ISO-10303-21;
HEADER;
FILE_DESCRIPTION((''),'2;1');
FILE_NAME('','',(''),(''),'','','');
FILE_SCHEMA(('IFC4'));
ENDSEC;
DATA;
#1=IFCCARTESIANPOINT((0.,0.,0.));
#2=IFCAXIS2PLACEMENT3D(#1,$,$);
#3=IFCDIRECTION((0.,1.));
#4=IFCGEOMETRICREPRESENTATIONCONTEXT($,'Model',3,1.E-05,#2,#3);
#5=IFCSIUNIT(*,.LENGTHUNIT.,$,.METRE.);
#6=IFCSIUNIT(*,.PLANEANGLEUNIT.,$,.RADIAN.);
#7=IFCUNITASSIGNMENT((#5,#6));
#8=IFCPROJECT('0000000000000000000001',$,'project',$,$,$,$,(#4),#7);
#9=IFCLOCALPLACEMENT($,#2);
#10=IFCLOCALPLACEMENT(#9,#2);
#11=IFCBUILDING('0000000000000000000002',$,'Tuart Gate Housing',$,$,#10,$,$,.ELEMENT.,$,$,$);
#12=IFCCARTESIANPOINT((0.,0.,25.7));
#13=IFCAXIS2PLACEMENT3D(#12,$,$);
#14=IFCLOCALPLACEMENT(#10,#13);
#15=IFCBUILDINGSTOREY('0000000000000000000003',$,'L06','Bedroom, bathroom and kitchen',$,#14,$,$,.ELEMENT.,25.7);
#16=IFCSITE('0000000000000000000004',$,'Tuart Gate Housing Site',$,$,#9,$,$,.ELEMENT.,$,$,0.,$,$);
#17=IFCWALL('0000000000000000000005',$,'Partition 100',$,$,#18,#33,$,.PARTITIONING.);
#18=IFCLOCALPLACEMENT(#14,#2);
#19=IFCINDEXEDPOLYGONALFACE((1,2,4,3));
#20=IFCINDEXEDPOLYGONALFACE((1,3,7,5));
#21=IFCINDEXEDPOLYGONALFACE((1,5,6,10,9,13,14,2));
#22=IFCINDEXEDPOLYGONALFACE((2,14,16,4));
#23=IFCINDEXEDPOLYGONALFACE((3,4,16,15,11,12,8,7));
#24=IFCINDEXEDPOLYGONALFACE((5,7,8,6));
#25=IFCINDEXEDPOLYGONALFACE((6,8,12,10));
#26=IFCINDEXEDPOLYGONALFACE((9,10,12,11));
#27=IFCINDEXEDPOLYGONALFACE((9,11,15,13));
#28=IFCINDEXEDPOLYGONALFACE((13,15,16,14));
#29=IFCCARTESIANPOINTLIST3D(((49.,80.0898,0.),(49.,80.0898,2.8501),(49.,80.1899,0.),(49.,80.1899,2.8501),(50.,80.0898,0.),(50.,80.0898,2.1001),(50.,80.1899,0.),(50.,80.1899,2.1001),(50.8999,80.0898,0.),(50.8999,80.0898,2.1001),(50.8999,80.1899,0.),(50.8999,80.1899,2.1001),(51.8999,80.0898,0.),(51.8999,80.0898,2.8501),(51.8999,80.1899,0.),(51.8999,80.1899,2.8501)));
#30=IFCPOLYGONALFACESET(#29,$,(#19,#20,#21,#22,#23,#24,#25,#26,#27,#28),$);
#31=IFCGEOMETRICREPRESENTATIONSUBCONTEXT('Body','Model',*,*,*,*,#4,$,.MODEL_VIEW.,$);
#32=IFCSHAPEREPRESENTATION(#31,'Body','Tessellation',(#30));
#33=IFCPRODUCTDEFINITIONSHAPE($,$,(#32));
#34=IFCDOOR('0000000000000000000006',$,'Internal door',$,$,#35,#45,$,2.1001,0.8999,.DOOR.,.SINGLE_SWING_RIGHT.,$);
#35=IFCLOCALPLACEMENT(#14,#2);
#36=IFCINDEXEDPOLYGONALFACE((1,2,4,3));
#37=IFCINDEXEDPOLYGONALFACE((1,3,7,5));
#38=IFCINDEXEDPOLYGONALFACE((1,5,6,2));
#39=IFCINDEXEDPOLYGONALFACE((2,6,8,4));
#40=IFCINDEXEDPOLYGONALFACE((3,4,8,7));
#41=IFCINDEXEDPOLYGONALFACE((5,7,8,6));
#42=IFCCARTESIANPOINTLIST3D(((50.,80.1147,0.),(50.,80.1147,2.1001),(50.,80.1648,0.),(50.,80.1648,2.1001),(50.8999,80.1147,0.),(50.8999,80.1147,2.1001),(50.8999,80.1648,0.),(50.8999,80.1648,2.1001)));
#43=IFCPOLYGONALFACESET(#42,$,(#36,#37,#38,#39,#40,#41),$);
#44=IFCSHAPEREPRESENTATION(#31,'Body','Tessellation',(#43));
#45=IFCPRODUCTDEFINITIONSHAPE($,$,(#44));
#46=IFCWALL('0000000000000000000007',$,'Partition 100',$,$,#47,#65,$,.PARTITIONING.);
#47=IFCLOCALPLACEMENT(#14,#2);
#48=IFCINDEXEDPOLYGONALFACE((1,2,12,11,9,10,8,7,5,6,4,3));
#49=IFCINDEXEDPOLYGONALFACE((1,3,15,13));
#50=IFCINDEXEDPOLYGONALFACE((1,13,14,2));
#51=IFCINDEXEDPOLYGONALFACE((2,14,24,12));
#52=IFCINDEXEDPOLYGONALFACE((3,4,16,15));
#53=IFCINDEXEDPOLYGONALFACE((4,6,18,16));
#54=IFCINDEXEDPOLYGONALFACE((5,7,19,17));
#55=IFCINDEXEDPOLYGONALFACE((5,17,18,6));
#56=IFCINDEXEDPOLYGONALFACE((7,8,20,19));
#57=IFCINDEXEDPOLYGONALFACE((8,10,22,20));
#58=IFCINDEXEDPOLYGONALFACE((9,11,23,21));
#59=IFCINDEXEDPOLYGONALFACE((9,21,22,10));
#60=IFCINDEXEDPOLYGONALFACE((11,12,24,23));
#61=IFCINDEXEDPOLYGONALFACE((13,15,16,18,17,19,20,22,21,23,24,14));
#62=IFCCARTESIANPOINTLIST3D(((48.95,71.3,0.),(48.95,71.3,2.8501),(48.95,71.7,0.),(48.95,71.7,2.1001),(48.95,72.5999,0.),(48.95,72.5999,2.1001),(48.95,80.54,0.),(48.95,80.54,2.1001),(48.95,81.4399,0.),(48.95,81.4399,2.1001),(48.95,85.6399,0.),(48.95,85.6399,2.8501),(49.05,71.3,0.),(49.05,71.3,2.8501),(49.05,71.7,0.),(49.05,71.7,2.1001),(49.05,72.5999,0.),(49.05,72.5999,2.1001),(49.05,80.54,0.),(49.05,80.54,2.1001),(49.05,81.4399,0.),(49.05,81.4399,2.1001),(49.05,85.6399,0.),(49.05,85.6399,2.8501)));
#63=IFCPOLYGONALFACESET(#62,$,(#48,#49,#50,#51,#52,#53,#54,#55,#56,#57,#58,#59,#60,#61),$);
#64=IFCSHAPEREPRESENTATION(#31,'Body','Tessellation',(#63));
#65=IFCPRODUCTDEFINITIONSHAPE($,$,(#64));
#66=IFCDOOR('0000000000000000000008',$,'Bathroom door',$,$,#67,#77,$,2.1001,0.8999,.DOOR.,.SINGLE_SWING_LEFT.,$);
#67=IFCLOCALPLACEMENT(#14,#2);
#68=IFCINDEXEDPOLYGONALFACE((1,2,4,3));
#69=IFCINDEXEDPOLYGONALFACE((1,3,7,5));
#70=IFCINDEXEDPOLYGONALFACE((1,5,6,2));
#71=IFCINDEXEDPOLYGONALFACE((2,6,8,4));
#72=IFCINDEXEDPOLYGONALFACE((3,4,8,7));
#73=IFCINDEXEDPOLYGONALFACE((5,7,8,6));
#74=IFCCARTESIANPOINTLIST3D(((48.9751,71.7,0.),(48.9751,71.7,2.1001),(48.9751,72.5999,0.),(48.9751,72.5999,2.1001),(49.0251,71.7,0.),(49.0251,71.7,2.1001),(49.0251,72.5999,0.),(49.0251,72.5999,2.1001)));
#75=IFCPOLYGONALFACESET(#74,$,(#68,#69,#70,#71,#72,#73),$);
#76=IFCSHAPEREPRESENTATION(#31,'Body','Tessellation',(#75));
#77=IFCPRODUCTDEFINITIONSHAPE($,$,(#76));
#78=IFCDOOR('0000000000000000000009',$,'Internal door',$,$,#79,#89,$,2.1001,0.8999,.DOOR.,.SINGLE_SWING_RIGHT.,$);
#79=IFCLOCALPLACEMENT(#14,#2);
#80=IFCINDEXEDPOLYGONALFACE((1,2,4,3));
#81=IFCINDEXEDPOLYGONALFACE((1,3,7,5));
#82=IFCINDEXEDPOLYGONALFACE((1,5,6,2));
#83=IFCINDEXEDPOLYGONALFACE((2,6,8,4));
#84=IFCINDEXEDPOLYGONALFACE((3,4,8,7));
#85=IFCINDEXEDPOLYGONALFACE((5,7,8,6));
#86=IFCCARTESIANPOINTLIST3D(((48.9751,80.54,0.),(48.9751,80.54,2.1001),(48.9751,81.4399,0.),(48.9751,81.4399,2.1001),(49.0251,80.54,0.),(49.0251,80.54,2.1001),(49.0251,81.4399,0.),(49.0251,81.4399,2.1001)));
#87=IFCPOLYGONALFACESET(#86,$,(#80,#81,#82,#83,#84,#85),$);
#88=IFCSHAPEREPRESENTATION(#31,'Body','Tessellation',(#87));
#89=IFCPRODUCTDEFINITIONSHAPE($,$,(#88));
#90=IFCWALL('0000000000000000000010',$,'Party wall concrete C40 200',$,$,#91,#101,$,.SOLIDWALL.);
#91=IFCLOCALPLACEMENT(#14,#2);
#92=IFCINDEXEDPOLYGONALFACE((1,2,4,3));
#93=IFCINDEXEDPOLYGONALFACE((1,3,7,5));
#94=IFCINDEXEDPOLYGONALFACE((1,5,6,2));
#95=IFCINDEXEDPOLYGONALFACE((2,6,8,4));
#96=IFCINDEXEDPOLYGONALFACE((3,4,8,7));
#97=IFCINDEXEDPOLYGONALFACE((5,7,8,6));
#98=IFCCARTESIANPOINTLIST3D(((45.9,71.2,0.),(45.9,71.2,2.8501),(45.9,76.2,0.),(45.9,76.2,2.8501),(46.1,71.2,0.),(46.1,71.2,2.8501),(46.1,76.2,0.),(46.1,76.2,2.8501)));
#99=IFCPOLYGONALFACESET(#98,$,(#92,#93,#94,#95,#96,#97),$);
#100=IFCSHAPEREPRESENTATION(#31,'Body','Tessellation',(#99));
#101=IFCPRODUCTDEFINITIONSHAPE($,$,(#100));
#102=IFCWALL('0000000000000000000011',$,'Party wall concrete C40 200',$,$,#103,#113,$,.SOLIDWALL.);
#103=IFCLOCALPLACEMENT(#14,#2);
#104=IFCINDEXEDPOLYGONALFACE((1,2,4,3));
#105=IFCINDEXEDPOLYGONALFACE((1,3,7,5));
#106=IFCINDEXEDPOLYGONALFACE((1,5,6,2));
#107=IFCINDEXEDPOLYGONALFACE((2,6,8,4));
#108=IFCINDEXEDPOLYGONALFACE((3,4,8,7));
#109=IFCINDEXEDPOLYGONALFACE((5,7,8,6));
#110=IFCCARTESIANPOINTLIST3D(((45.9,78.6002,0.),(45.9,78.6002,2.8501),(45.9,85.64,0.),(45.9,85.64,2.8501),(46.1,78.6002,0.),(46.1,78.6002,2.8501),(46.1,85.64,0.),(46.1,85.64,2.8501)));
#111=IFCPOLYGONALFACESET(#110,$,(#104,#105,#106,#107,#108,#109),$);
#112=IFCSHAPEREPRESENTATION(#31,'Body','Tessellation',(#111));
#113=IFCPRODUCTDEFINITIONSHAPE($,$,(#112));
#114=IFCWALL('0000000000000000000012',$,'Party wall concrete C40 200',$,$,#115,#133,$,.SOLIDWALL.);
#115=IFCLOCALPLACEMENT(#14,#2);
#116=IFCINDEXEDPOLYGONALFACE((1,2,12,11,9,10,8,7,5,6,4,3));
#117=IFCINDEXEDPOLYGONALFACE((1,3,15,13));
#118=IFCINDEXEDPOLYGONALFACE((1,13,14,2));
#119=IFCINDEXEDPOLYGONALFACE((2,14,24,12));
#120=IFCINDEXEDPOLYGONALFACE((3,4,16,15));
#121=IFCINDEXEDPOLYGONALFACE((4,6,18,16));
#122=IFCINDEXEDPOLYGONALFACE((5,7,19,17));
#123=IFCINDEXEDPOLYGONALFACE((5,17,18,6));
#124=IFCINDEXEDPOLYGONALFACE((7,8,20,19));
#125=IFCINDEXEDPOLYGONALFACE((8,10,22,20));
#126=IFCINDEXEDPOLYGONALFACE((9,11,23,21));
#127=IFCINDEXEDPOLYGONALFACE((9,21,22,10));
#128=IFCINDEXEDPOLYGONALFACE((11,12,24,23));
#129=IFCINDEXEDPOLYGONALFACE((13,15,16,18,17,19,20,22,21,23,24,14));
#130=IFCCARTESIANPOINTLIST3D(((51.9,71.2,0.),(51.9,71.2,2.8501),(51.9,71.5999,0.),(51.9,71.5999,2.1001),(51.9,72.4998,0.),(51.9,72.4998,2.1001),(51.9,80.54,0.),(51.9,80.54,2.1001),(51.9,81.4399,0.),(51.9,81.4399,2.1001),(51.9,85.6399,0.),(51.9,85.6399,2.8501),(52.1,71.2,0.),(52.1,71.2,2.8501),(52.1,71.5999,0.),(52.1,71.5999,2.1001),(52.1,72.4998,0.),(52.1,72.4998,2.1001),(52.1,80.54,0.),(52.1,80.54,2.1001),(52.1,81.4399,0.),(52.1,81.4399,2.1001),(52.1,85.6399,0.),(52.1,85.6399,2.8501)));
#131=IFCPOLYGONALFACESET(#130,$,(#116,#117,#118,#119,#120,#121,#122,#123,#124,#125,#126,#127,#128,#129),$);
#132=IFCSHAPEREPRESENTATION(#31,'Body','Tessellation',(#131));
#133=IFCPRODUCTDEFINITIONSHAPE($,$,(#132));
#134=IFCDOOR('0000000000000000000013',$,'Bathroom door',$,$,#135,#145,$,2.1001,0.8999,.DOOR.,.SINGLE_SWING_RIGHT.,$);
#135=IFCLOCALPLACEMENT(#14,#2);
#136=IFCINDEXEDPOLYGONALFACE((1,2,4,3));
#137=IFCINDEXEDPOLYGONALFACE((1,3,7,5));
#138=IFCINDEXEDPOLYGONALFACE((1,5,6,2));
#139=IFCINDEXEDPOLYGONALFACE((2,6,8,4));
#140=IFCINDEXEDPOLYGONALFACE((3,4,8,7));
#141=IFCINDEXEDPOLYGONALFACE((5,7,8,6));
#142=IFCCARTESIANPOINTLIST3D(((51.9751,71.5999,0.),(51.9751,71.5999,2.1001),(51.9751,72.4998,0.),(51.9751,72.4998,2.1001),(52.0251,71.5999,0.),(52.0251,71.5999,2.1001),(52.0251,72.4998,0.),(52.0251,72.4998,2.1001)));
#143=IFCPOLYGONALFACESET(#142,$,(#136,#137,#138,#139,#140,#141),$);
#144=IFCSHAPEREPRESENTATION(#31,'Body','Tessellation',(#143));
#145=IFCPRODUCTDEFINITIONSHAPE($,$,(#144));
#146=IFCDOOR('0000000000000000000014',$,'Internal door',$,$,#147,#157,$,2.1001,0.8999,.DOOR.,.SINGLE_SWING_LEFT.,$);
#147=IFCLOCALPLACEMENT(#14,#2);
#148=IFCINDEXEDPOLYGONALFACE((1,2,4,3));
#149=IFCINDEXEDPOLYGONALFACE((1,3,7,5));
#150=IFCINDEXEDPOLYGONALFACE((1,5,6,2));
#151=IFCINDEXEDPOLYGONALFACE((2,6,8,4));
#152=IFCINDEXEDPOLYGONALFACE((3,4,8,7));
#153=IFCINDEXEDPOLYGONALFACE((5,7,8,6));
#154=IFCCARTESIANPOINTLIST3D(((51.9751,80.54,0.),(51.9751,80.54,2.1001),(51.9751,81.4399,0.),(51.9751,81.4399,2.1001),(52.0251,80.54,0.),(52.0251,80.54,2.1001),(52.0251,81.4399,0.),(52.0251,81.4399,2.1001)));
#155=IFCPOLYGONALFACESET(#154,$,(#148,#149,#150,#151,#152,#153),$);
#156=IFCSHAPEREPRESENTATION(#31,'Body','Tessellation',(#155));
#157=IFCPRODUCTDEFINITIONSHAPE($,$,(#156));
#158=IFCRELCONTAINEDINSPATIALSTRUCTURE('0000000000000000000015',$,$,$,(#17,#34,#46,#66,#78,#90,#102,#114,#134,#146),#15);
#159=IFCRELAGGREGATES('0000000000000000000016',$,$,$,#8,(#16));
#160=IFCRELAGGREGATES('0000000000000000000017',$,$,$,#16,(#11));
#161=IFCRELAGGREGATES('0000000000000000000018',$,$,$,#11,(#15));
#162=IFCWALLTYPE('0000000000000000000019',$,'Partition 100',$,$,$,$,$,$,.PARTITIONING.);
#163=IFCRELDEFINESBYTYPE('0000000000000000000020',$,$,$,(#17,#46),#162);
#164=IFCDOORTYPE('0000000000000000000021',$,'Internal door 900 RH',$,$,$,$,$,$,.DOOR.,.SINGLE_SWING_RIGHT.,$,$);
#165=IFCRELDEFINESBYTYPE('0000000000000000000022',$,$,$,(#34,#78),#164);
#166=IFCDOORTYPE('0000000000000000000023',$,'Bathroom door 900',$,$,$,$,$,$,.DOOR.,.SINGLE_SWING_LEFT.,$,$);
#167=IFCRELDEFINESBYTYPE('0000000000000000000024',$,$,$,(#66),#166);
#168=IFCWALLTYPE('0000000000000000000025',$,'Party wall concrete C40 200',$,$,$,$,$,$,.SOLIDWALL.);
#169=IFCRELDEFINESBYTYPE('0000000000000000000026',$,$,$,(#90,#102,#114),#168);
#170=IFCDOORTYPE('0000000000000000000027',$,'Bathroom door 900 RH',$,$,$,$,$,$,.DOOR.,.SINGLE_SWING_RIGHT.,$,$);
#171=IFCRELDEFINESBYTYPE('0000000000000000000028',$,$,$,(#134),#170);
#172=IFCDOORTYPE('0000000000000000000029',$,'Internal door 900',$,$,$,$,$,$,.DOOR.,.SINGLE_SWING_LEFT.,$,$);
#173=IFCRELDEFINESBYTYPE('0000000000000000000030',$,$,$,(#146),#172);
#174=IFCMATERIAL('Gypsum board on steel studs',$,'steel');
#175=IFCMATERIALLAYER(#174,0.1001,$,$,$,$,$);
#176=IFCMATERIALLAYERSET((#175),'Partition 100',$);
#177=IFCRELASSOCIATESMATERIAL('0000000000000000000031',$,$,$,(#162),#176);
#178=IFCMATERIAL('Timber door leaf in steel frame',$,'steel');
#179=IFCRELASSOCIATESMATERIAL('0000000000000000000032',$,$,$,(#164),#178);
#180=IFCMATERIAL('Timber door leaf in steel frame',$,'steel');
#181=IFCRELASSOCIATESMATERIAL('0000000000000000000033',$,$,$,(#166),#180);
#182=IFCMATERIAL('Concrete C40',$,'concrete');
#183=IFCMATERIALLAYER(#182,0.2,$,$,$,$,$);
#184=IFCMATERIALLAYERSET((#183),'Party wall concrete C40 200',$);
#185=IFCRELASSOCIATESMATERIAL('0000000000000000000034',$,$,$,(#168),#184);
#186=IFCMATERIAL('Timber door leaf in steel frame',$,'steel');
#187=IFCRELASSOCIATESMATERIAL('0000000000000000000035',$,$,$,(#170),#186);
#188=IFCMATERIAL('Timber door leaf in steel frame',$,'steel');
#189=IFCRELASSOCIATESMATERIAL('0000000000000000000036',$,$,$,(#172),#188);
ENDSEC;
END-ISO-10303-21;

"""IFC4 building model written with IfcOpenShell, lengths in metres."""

from ifc_helpers import new_model, si_unit, direction, frame, frame_2d, origin, place, context, subcontext, project, spatial, rectangle, extrude, material, layer, layer_set, type_object, element, fill, save


model = new_model("IFC4")

# Units and contexts
model_context = context("Model", 3, precision=1e-05, world=origin(), true_north=direction((0.0, 1.0)))
body_context = subcontext(model_context, "Body", "Model", "MODEL_VIEW")
ifc_project = project(units=[si_unit("LENGTHUNIT", "METRE"), si_unit("PLANEANGLEUNIT", "RADIAN")], contexts=[model_context])

# Site, building, storey
site_placement = place(None, origin())
site = spatial("IfcSite", under=ifc_project, at=site_placement, Name="Tuart Gate Housing Site", CompositionType="ELEMENT", RefElevation=0.0)
building_placement = place(site_placement, origin())
building = spatial("IfcBuilding", under=site, at=building_placement, Name="Tuart Gate Housing", CompositionType="ELEMENT")
storey_placement = place(building_placement, frame((0.0, 0.0, 25.7)))
storey = spatial("IfcBuildingStorey", under=building, at=storey_placement, Name="L06", Description="Bedroom, bathroom and kitchen", CompositionType="ELEMENT", Elevation=25.7)

# Shared definitions
ifc_material_1 = material(Name="Gypsum board on steel studs", Category="steel")
ifc_layer_1 = layer(ifc_material_1, 0.1001)
ifc_layer_set_1 = layer_set([ifc_layer_1], Name="Partition 100")
wall_type_1 = type_object("IfcWallType", Name="Partition 100", PredefinedType="PARTITIONING", material=ifc_layer_set_1)

# Wall, opening, door
wall_1_placement = place(storey_placement, frame((49.0, 80.1399, 0.0), z_axis=(0.0, 0.0, 1.0), x_axis=(1.0, 0.0, 0.0)))
wall_1 = element("IfcWall", 1, at=wall_1_placement, inside=storey, type_object=wall_type_1, Name="Partition 100", PredefinedType="PARTITIONING", context=body_context, shape_type="SweptSolid", body=[
    extrude(rectangle(XDim=2.8999, YDim=0.1001, at=frame_2d((1.45, 0.0))), origin(), (0.0, 0.0, 1.0), 2.8501),
])
opening_1_placement = place(wall_1_placement, frame((1.0, 0.0, 0.0)))
opening_1 = element("IfcOpeningElement", 2, at=opening_1_placement, cuts=wall_1, PredefinedType="OPENING", context=body_context, shape_type="SweptSolid", body=[
    extrude(rectangle(XDim=0.8999, YDim=2.1001, at=frame_2d((0.45, 1.05))), frame((0.0, 0.0601, 0.0), z_axis=(0.0, -1.0, 0.0), x_axis=(1.0, 0.0, 0.0)), (0.0, 0.0, 1.0), 0.1201),
])
ifc_material_2 = material(Name="Timber door leaf in steel frame", Category="steel")
door_type_1 = type_object("IfcDoorType", Name="Internal door 900 RH", OperationType="SINGLE_SWING_RIGHT", PredefinedType="DOOR", material=ifc_material_2)
door_1_placement = place(opening_1_placement, frame((0.8999, 0.0, 0.0), z_axis=(0.0, 0.0, 1.0), x_axis=(-1.0, 0.0, 0.0)))
door_1 = element("IfcDoor", 3, at=door_1_placement, inside=storey, type_object=door_type_1, Name="Internal door", OperationType="SINGLE_SWING_RIGHT", OverallHeight=2.1001, OverallWidth=0.8999, PredefinedType="DOOR", context=body_context, shape_type="SweptSolid", body=[
    extrude(rectangle(XDim=0.8999, YDim=2.1001, at=frame_2d((0.45, 1.05))), frame((0.0, 0.0251, 0.0), z_axis=(0.0, -1.0, 0.0), x_axis=(1.0, 0.0, 0.0)), (0.0, 0.0, 1.0), 0.05),
])
fill(opening_1, door_1)

# Wall, openings, doors
wall_2_placement = place(storey_placement, frame((49.0, 71.3, 0.0), z_axis=(0.0, 0.0, 1.0), x_axis=(0.0, 1.0, 0.0)))
wall_2 = element("IfcWall", 4, at=wall_2_placement, inside=storey, type_object=wall_type_1, Name="Partition 100", PredefinedType="PARTITIONING", context=body_context, shape_type="SweptSolid", body=[
    extrude(rectangle(XDim=14.3398, YDim=0.1001, at=frame_2d((7.1699, 0.0))), origin(), (0.0, 0.0, 1.0), 2.8501),
])
opening_2_placement = place(wall_2_placement, frame((9.24, 0.0, 0.0)))
opening_2 = element("IfcOpeningElement", 5, at=opening_2_placement, cuts=wall_2, PredefinedType="OPENING", context=body_context, shape_type="SweptSolid", body=[
    extrude(rectangle(XDim=0.8999, YDim=2.1001, at=frame_2d((0.45, 1.05))), frame((0.0, 0.0601, 0.0), z_axis=(0.0, -1.0, 0.0), x_axis=(1.0, 0.0, 0.0)), (0.0, 0.0, 1.0), 0.1201),
])
opening_3_placement = place(wall_2_placement, frame((0.3999, 0.0, 0.0)))
opening_3 = element("IfcOpeningElement", 6, at=opening_3_placement, cuts=wall_2, PredefinedType="OPENING", context=body_context, shape_type="SweptSolid", body=[
    extrude(rectangle(XDim=0.8999, YDim=2.1001, at=frame_2d((0.45, 1.05))), frame((0.0, 0.0601, 0.0), z_axis=(0.0, -1.0, 0.0), x_axis=(1.0, 0.0, 0.0)), (0.0, 0.0, 1.0), 0.1201),
])
ifc_material_3 = material(Name="Timber door leaf in steel frame", Category="steel")
door_type_2 = type_object("IfcDoorType", Name="Bathroom door 900", OperationType="SINGLE_SWING_LEFT", PredefinedType="DOOR", material=ifc_material_3)
door_2_placement = place(opening_3_placement, origin())
door_2 = element("IfcDoor", 7, at=door_2_placement, inside=storey, type_object=door_type_2, Name="Bathroom door", OperationType="SINGLE_SWING_LEFT", OverallHeight=2.1001, OverallWidth=0.8999, PredefinedType="DOOR", context=body_context, shape_type="SweptSolid", body=[
    extrude(rectangle(XDim=0.8999, YDim=2.1001, at=frame_2d((0.45, 1.05))), frame((0.0, 0.0249, 0.0), z_axis=(0.0, -1.0, 0.0), x_axis=(1.0, 0.0, 0.0)), (0.0, 0.0, 1.0), 0.05),
])
fill(opening_3, door_2)
door_3_placement = place(opening_2_placement, origin())
door_3 = element("IfcDoor", 8, at=door_3_placement, inside=storey, type_object=door_type_1, Name="Internal door", OperationType="SINGLE_SWING_RIGHT", OverallHeight=2.1001, OverallWidth=0.8999, PredefinedType="DOOR", context=body_context, shape_type="SweptSolid", body=[
    extrude(rectangle(XDim=0.8999, YDim=2.1001, at=frame_2d((0.45, 1.05))), frame((0.0, 0.0249, 0.0), z_axis=(0.0, -1.0, 0.0), x_axis=(1.0, 0.0, 0.0)), (0.0, 0.0, 1.0), 0.05),
])
fill(opening_2, door_3)

# Walls
ifc_material_4 = material(Name="Concrete C40", Category="concrete")
ifc_layer_2 = layer(ifc_material_4, 0.2)
ifc_layer_set_2 = layer_set([ifc_layer_2], Name="Party wall concrete C40 200")
wall_type_2 = type_object("IfcWallType", Name="Party wall concrete C40 200", PredefinedType="SOLIDWALL", material=ifc_layer_set_2)
wall_3_placement = place(storey_placement, frame((46.0, 71.2, 0.0), z_axis=(0.0, 0.0, 1.0), x_axis=(0.0, 1.0, 0.0)))
element("IfcWall", 9, at=wall_3_placement, inside=storey, type_object=wall_type_2, Name="Party wall concrete C40 200", PredefinedType="SOLIDWALL", context=body_context, shape_type="SweptSolid", body=[
    extrude(rectangle(XDim=5.0, YDim=0.2, at=frame_2d((2.5, 0.0))), origin(), (0.0, 0.0, 1.0), 2.8501),
])
wall_4_placement = place(storey_placement, frame((46.0, 78.6001, 0.0), z_axis=(0.0, 0.0, 1.0), x_axis=(0.0, 1.0, 0.0)))
element("IfcWall", 10, at=wall_4_placement, inside=storey, type_object=wall_type_2, Name="Party wall concrete C40 200", PredefinedType="SOLIDWALL", context=body_context, shape_type="SweptSolid", body=[
    extrude(rectangle(XDim=7.0398, YDim=0.2, at=frame_2d((3.52, 0.0))), origin(), (0.0, 0.0, 1.0), 2.8501),
])

# Wall, openings, doors
wall_5_placement = place(storey_placement, frame((52.0, 71.2, 0.0), z_axis=(0.0, 0.0, 1.0), x_axis=(0.0, 1.0, 0.0)))
wall_5 = element("IfcWall", 11, at=wall_5_placement, inside=storey, type_object=wall_type_2, Name="Party wall concrete C40 200", PredefinedType="SOLIDWALL", context=body_context, shape_type="SweptSolid", body=[
    extrude(rectangle(XDim=14.4399, YDim=0.2, at=frame_2d((7.22, 0.0))), origin(), (0.0, 0.0, 1.0), 2.8501),
])
opening_4_placement = place(wall_5_placement, frame((9.3401, 0.0, 0.0)))
opening_4 = element("IfcOpeningElement", 12, at=opening_4_placement, cuts=wall_5, PredefinedType="OPENING", context=body_context, shape_type="SweptSolid", body=[
    extrude(rectangle(XDim=0.8999, YDim=2.1001, at=frame_2d((0.45, 1.05))), frame((0.0, 0.1099, 0.0), z_axis=(0.0, -1.0, 0.0), x_axis=(1.0, 0.0, 0.0)), (0.0, 0.0, 1.0), 0.22),
])
opening_5_placement = place(wall_5_placement, frame((0.3999, 0.0, 0.0)))
opening_5 = element("IfcOpeningElement", 13, at=opening_5_placement, cuts=wall_5, PredefinedType="OPENING", context=body_context, shape_type="SweptSolid", body=[
    extrude(rectangle(XDim=0.8999, YDim=2.1001, at=frame_2d((0.45, 1.05))), frame((0.0, 0.1099, 0.0), z_axis=(0.0, -1.0, 0.0), x_axis=(1.0, 0.0, 0.0)), (0.0, 0.0, 1.0), 0.22),
])
ifc_material_5 = material(Name="Timber door leaf in steel frame", Category="steel")
door_type_3 = type_object("IfcDoorType", Name="Bathroom door 900 RH", OperationType="SINGLE_SWING_RIGHT", PredefinedType="DOOR", material=ifc_material_5)
door_4_placement = place(opening_5_placement, frame((0.8999, 0.0, 0.0), z_axis=(0.0, 0.0, 1.0), x_axis=(-1.0, 0.0, 0.0)))
door_4 = element("IfcDoor", 14, at=door_4_placement, inside=storey, type_object=door_type_3, Name="Bathroom door", OperationType="SINGLE_SWING_RIGHT", OverallHeight=2.1001, OverallWidth=0.8999, PredefinedType="DOOR", context=body_context, shape_type="SweptSolid", body=[
    extrude(rectangle(XDim=0.8999, YDim=2.1001, at=frame_2d((0.45, 1.05))), frame((0.0, 0.0251, 0.0), z_axis=(0.0, -1.0, 0.0), x_axis=(1.0, 0.0, 0.0)), (0.0, 0.0, 1.0), 0.05),
])
fill(opening_5, door_4)
ifc_material_6 = material(Name="Timber door leaf in steel frame", Category="steel")
door_type_4 = type_object("IfcDoorType", Name="Internal door 900", OperationType="SINGLE_SWING_LEFT", PredefinedType="DOOR", material=ifc_material_6)
door_5_placement = place(opening_4_placement, frame((0.8999, 0.0, 0.0), z_axis=(0.0, 0.0, 1.0), x_axis=(-1.0, 0.0, 0.0)))
door_5 = element("IfcDoor", 15, at=door_5_placement, inside=storey, type_object=door_type_4, Name="Internal door", OperationType="SINGLE_SWING_LEFT", OverallHeight=2.1001, OverallWidth=0.8999, PredefinedType="DOOR", context=body_context, shape_type="SweptSolid", body=[
    extrude(rectangle(XDim=0.8999, YDim=2.1001, at=frame_2d((0.45, 1.05))), frame((0.0, 0.0251, 0.0), z_axis=(0.0, -1.0, 0.0), x_axis=(1.0, 0.0, 0.0)), (0.0, 0.0, 1.0), 0.05),
])
fill(opening_4, door_5)

save(model, "model.ifc")
